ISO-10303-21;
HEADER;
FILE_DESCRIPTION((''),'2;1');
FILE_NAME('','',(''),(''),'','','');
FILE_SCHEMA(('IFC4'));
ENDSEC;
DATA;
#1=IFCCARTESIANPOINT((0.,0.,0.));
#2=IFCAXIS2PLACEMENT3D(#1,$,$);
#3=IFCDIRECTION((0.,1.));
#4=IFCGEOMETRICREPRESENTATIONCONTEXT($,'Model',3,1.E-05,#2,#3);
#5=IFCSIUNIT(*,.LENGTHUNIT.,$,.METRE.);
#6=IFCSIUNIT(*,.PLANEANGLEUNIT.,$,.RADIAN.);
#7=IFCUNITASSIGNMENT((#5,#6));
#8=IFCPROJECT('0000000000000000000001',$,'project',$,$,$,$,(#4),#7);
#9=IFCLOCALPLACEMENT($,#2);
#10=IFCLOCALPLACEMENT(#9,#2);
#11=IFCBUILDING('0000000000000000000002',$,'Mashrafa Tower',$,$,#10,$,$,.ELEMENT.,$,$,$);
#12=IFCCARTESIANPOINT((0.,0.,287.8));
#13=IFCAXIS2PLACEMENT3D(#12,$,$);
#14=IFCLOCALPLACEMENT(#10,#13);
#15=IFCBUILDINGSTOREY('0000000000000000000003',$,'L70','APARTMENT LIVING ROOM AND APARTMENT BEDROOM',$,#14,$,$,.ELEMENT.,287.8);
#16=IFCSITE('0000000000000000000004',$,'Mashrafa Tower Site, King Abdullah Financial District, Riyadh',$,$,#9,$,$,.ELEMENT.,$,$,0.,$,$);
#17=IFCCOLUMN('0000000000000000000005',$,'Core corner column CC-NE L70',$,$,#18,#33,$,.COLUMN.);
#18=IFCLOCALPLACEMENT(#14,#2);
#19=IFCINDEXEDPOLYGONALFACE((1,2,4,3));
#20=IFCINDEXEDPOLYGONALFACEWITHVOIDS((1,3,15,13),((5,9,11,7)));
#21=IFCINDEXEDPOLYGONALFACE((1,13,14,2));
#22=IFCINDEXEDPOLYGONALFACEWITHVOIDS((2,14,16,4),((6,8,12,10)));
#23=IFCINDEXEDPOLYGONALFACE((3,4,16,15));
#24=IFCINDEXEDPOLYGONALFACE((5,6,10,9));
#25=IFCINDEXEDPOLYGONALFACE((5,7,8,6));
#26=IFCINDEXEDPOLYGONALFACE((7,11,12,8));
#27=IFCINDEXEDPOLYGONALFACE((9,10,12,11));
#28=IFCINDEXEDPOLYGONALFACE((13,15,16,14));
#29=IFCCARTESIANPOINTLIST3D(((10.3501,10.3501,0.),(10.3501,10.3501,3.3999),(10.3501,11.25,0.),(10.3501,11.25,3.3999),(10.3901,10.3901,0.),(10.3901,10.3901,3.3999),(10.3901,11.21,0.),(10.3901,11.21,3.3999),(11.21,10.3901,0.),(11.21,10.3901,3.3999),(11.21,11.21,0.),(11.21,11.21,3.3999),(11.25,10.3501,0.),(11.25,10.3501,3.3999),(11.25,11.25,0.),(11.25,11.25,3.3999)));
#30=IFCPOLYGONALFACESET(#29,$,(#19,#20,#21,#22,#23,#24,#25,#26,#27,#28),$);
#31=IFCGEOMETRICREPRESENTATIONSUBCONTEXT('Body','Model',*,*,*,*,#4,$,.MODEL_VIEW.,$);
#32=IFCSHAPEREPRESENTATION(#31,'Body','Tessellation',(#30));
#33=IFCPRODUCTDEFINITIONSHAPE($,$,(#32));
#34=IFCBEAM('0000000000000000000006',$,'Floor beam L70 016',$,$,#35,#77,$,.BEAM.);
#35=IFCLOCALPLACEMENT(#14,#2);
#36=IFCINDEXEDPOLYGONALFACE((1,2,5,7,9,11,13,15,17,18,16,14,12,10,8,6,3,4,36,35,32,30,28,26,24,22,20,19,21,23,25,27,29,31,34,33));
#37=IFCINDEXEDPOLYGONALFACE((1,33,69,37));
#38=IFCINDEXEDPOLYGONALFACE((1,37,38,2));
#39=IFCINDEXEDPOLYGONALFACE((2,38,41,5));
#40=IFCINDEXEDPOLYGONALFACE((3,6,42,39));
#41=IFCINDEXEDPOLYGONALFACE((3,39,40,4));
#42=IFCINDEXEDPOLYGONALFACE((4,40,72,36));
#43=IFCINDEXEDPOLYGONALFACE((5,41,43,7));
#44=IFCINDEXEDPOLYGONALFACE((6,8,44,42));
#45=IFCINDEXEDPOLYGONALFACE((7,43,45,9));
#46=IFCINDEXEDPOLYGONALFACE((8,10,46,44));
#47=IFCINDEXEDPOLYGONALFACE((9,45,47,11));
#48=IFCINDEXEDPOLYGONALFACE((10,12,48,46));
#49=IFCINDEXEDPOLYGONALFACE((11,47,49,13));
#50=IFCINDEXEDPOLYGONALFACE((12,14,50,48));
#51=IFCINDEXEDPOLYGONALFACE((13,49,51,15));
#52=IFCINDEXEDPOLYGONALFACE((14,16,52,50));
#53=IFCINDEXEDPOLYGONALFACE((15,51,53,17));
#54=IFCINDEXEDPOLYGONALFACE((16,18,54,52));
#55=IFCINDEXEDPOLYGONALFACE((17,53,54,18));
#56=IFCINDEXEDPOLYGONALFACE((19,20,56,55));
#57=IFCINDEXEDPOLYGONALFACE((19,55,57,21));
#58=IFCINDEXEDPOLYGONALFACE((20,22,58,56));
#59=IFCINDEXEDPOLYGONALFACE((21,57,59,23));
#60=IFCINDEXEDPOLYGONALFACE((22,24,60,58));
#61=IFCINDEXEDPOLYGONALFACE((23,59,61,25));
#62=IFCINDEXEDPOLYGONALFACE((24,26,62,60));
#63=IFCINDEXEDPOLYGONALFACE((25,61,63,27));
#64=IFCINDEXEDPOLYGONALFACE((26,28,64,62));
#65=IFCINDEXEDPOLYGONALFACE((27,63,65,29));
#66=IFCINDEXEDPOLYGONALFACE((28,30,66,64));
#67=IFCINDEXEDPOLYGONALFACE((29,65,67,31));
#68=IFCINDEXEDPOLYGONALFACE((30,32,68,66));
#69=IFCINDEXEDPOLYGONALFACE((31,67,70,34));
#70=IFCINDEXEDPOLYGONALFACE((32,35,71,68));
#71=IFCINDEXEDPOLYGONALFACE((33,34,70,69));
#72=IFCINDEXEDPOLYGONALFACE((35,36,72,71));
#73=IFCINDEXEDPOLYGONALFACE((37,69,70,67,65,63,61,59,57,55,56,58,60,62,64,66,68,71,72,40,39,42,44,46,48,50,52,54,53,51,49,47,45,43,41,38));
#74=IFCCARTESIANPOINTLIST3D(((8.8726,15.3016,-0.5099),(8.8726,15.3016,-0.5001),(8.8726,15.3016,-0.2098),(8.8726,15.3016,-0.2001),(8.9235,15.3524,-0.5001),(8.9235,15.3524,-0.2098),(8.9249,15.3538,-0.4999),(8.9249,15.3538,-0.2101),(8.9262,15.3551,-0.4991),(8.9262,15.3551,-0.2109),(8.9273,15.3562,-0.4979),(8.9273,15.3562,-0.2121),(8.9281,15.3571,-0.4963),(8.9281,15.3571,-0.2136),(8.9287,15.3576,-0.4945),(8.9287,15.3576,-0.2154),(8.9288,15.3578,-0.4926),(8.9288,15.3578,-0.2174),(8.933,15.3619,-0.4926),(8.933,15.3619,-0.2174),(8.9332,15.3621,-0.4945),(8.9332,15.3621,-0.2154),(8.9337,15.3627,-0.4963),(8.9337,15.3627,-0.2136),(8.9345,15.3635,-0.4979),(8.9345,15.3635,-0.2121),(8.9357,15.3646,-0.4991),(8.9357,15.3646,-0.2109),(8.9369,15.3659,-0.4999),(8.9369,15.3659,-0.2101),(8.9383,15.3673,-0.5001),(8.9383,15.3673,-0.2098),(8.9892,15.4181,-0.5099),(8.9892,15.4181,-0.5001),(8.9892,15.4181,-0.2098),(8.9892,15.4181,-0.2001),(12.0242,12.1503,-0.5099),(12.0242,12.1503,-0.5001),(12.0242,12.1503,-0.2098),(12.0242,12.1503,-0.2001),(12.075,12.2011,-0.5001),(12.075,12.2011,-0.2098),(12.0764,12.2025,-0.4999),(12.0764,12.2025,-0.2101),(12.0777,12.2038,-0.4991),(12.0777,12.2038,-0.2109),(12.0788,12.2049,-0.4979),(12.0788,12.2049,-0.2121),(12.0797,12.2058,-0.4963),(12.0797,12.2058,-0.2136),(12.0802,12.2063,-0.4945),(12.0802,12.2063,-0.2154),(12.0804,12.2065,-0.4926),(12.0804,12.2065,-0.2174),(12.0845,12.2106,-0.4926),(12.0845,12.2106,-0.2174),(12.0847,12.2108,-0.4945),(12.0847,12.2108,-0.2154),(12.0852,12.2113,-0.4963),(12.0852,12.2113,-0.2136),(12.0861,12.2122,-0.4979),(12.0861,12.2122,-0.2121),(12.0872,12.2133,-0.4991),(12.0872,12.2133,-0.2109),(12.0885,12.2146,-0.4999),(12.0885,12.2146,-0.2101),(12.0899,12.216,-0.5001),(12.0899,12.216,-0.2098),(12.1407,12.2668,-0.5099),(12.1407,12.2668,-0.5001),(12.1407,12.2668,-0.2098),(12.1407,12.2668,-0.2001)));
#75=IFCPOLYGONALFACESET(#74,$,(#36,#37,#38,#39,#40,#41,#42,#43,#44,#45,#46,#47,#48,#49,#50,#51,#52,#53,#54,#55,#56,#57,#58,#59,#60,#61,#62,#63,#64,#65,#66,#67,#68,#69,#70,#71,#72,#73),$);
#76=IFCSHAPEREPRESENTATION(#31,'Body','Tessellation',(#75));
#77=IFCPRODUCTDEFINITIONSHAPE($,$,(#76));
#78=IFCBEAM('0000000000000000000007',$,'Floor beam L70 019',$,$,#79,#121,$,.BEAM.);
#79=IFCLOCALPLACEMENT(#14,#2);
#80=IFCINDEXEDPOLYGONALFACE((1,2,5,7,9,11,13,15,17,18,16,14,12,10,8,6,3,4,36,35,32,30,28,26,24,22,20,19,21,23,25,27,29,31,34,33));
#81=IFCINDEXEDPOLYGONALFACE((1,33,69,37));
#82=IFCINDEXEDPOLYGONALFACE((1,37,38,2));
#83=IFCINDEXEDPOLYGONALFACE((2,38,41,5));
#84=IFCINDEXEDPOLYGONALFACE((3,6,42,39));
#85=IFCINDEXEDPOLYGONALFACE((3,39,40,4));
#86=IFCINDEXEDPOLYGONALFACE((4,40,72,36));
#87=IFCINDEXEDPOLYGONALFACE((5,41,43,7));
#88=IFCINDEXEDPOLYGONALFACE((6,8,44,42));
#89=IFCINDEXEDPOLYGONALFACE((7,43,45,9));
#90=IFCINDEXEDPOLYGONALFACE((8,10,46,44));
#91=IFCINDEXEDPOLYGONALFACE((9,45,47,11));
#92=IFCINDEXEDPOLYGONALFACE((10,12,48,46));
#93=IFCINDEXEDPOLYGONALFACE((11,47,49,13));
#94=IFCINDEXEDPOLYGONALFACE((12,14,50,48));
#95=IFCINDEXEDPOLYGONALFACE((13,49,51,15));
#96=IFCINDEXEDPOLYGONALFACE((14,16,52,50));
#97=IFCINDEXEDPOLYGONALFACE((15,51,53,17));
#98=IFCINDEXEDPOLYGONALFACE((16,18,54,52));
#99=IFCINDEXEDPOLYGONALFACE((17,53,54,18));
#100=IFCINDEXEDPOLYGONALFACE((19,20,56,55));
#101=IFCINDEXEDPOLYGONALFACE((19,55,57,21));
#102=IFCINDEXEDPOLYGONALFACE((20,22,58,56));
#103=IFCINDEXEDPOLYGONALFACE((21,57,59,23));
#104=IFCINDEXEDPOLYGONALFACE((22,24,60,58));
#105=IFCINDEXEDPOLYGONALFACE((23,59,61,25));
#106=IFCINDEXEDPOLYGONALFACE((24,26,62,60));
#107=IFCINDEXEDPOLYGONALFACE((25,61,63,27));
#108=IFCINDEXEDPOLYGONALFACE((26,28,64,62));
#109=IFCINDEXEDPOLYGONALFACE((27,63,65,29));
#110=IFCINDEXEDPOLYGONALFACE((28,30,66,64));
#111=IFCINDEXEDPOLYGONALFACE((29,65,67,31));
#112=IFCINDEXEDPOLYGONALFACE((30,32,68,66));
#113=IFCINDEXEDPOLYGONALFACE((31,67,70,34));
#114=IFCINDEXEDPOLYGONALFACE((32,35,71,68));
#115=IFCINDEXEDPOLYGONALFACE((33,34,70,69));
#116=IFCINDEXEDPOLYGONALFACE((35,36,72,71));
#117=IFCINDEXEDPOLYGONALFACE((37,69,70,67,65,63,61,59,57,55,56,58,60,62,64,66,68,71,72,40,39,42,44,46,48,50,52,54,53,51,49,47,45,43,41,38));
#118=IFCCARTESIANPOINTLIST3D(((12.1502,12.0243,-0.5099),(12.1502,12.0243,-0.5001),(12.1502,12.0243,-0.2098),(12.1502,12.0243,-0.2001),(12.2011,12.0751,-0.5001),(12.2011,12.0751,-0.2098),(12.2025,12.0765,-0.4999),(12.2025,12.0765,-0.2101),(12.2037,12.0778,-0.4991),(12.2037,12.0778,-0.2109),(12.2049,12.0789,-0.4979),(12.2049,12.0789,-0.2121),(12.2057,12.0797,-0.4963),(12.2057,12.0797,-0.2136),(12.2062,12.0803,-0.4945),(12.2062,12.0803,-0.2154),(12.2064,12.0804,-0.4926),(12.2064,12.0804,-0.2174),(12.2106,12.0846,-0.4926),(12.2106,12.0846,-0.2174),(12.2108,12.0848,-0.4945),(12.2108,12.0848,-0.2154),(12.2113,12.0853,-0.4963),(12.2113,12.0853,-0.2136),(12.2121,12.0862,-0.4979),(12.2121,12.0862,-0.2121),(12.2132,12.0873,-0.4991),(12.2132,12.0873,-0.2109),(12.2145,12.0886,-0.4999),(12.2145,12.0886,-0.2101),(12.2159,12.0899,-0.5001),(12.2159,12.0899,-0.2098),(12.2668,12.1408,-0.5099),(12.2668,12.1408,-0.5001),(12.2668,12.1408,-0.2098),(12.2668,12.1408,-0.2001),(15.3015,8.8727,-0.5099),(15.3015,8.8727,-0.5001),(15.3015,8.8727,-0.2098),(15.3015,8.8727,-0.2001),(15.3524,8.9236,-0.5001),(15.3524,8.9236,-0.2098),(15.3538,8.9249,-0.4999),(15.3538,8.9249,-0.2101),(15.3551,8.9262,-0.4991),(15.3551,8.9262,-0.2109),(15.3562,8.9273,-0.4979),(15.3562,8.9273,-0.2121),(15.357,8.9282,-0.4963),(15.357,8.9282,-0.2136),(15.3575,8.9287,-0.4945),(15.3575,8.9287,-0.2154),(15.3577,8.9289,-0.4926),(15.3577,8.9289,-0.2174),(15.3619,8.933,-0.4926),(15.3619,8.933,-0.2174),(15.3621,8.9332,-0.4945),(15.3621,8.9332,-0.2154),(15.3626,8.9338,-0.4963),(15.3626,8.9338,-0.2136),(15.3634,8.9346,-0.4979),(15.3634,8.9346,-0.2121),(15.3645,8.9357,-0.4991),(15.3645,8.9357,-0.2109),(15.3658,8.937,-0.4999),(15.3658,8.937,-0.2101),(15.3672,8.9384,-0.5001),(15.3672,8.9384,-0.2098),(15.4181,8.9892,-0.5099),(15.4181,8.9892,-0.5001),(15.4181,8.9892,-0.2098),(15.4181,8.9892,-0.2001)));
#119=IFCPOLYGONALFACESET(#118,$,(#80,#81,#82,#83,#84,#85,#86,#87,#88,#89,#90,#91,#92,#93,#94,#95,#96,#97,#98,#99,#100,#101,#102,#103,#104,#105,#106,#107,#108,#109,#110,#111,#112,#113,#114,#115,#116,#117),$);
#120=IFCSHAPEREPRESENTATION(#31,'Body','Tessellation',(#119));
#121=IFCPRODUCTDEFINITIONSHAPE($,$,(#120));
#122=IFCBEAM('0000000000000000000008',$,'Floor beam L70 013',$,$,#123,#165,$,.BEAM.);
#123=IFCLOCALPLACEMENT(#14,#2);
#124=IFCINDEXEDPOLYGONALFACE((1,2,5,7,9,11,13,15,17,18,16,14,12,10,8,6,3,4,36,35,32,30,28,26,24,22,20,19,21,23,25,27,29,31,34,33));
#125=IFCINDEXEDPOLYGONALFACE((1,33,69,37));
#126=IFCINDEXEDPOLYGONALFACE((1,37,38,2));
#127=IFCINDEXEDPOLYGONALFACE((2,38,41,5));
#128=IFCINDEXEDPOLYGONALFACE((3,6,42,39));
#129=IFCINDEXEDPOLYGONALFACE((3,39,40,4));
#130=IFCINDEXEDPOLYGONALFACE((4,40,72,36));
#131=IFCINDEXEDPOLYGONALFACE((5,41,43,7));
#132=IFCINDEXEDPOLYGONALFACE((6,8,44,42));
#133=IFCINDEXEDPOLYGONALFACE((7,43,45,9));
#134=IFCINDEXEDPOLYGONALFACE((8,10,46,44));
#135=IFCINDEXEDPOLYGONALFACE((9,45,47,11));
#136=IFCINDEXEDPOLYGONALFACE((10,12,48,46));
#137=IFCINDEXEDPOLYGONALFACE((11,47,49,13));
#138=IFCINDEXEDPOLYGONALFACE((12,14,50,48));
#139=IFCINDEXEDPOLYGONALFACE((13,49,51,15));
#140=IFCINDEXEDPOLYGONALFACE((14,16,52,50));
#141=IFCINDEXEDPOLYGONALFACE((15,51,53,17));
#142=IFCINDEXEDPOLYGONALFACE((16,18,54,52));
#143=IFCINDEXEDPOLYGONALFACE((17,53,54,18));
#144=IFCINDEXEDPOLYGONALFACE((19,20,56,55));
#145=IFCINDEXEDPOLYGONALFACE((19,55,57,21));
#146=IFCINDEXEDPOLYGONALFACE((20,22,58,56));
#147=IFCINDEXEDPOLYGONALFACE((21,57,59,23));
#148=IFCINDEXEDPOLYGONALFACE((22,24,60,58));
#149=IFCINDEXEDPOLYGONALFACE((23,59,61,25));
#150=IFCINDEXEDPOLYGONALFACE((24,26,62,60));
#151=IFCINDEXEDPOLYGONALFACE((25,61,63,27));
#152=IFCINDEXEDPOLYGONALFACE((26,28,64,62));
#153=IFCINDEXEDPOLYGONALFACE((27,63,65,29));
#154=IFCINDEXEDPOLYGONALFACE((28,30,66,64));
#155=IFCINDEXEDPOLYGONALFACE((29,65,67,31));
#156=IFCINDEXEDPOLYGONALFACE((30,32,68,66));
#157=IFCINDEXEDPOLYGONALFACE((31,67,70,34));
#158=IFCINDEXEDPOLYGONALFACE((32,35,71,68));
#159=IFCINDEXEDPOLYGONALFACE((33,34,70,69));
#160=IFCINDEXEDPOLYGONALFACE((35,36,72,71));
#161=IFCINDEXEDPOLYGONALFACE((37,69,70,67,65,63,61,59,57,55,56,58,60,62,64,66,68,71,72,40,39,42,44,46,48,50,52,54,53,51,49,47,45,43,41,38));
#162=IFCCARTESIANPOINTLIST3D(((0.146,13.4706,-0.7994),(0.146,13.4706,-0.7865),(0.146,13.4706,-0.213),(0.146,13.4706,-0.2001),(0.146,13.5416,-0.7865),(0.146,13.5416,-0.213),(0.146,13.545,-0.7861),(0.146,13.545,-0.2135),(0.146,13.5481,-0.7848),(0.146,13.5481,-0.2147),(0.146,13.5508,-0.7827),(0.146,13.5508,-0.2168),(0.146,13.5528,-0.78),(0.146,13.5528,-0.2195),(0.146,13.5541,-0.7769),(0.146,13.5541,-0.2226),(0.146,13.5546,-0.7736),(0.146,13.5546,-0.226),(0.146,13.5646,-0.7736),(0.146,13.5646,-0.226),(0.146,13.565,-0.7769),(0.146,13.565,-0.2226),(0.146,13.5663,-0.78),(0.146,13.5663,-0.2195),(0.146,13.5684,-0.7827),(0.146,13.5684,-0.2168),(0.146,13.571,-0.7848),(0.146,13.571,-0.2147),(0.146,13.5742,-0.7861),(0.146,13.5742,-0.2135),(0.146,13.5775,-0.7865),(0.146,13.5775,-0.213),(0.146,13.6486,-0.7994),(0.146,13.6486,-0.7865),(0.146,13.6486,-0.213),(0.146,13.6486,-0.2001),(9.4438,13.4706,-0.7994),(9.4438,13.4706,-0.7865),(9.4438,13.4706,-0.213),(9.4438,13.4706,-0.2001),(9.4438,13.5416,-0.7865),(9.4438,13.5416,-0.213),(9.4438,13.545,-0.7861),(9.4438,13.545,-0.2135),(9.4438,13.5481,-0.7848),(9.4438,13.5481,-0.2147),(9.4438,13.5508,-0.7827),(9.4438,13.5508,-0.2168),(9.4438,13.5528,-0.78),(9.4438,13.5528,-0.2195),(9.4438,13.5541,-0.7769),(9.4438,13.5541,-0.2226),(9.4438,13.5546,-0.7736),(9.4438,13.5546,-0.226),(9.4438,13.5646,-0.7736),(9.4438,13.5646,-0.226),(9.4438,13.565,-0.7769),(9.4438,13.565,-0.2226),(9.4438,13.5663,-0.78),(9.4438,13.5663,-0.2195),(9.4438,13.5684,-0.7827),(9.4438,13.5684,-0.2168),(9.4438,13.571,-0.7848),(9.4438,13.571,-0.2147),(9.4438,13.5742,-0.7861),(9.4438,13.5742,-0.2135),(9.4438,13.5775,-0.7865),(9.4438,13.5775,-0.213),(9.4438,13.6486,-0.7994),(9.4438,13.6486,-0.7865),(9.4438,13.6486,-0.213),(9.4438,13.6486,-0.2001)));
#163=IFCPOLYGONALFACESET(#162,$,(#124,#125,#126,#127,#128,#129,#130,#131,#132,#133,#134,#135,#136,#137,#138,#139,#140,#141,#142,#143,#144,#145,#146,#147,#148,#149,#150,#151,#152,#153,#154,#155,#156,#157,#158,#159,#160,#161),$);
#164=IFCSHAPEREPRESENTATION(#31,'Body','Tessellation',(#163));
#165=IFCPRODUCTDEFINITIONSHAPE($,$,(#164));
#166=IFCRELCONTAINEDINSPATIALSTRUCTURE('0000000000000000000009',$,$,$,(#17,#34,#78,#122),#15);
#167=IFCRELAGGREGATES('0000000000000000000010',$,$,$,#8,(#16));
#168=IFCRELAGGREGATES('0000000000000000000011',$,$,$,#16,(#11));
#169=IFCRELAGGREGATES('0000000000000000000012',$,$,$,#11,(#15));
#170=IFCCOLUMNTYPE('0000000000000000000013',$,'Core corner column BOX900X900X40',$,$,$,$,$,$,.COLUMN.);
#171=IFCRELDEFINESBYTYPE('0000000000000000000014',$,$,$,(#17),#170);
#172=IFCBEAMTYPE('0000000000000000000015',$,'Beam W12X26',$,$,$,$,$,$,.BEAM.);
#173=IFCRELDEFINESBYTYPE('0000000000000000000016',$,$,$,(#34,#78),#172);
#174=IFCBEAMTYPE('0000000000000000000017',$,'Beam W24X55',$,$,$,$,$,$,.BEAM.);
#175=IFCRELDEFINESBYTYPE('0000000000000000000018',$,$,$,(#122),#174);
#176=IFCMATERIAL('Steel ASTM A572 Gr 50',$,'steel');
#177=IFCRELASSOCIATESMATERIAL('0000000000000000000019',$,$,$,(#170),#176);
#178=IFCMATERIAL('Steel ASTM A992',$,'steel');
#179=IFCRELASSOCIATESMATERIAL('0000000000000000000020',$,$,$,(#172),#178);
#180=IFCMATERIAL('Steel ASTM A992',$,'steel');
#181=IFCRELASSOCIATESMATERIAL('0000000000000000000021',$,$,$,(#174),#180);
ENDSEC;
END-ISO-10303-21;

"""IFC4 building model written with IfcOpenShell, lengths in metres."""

from ifc_helpers import new_model, si_unit, direction, frame, origin, origin_2d, place, context, subcontext, project, spatial, hollow_rectangle, i_section, extrude, material, material_profile, profile_set, type_object, element, save


model = new_model("IFC4")

# Units and contexts
model_context = context("Model", 3, precision=1e-05, world=origin(), true_north=direction((0.0, 1.0)))
body_context = subcontext(model_context, "Body", "Model", "MODEL_VIEW")
ifc_project = project(units=[si_unit("LENGTHUNIT", "METRE"), si_unit("PLANEANGLEUNIT", "RADIAN")], contexts=[model_context])

# Site, building, storey
site_placement = place(None, origin())
site = spatial("IfcSite", under=ifc_project, at=site_placement, Name="Mashrafa Tower Site, King Abdullah Financial District, Riyadh", CompositionType="ELEMENT", RefElevation=0.0)
building_placement = place(site_placement, origin())
building = spatial("IfcBuilding", under=site, at=building_placement, Name="Mashrafa Tower", CompositionType="ELEMENT")
storey_placement = place(building_placement, frame((0.0, 0.0, 287.8)))
storey = spatial("IfcBuildingStorey", under=building, at=storey_placement, Name="L70", Description="APARTMENT LIVING ROOM AND APARTMENT BEDROOM", CompositionType="ELEMENT", Elevation=287.8)

# Column
ifc_material_1 = material(Name="Steel ASTM A572 Gr 50", Category="steel")
ifc_material_profile_1 = material_profile(ifc_material_1, hollow_rectangle(XDim=0.8999, YDim=0.8999, WallThickness=0.04, at=origin_2d()), Name="BOX900X900X40")
ifc_profile_set_1 = profile_set([ifc_material_profile_1], Name="Steel ASTM A572 Gr 50")
column_type = type_object("IfcColumnType", Name="Core corner column BOX900X900X40", PredefinedType="COLUMN", material=ifc_profile_set_1)
column_placement = place(storey_placement, frame((10.8, 10.8, 0.0), z_axis=(0.0, 0.0, 1.0), x_axis=(1.0, 0.0, 0.0)))
element("IfcColumn", 1, at=column_placement, inside=storey, type_object=column_type, Name="Core corner column CC-NE L70", PredefinedType="COLUMN", context=body_context, shape_type="SweptSolid", body=[
    extrude(hollow_rectangle(XDim=0.8999, YDim=0.8999, WallThickness=0.04, at=origin_2d()), origin(), (0.0, 0.0, 1.0), 3.3999),
])

# Beams
ifc_material_2 = material(Name="Steel ASTM A992", Category="steel")
ifc_material_profile_2 = material_profile(ifc_material_2, i_section(OverallWidth=0.1648, OverallDepth=0.3098, WebThickness=0.0059, FlangeThickness=0.0098, FilletRadius=0.0076, at=origin_2d()), Name="W12X26")
ifc_profile_set_2 = profile_set([ifc_material_profile_2], Name="Steel ASTM A992")
beam_type_1 = type_object("IfcBeamType", Name="Beam W12X26", PredefinedType="BEAM", material=ifc_profile_set_2)
for number, where, z_axis, x_axis, name in (
    (2, (8.9309, 15.3599, -0.355), (0.707134, -0.707079, 0.0), (0.707079, 0.707134, 0.0), "Floor beam L70 016"),
    (3, (12.2085, 12.0825, -0.355), (0.707079, -0.707134, 0.0), (0.707134, 0.707079, 0.0), "Floor beam L70 019"),
):
    element("IfcBeam", number, at=place(storey_placement, frame(where, z_axis=z_axis, x_axis=x_axis)), inside=storey, type_object=beam_type_1, Name=name, PredefinedType="BEAM", context=body_context, shape_type="SweptSolid", body=[
        extrude(i_section(OverallWidth=0.1648, OverallDepth=0.3098, WebThickness=0.0059, FlangeThickness=0.0098, FilletRadius=0.0076, at=origin_2d()), origin(), (0.0, 0.0, 1.0), 4.4568),
    ])
ifc_material_3 = material(Name="Steel ASTM A992", Category="steel")
ifc_material_profile_3 = material_profile(ifc_material_3, i_section(OverallWidth=0.178, OverallDepth=0.5994, WebThickness=0.01, FlangeThickness=0.0129, FilletRadius=0.0129, at=origin_2d()), Name="W24X55")
ifc_profile_set_3 = profile_set([ifc_material_profile_3], Name="Steel ASTM A992")
beam_type_2 = type_object("IfcBeamType", Name="Beam W24X55", PredefinedType="BEAM", material=ifc_profile_set_3)
beam_1_placement = place(storey_placement, frame((0.146, 13.5596, -0.4998), z_axis=(1.0, 0.0, 0.0), x_axis=(0.0, 1.0, 0.0)))
element("IfcBeam", 4, at=beam_1_placement, inside=storey, type_object=beam_type_2, Name="Floor beam L70 013", PredefinedType="BEAM", context=body_context, shape_type="SweptSolid", body=[
    extrude(i_section(OverallWidth=0.178, OverallDepth=0.5994, WebThickness=0.01, FlangeThickness=0.0129, FilletRadius=0.0129, at=origin_2d()), origin(), (0.0, 0.0, 1.0), 9.2979),
])

save(model, "model.ifc")
